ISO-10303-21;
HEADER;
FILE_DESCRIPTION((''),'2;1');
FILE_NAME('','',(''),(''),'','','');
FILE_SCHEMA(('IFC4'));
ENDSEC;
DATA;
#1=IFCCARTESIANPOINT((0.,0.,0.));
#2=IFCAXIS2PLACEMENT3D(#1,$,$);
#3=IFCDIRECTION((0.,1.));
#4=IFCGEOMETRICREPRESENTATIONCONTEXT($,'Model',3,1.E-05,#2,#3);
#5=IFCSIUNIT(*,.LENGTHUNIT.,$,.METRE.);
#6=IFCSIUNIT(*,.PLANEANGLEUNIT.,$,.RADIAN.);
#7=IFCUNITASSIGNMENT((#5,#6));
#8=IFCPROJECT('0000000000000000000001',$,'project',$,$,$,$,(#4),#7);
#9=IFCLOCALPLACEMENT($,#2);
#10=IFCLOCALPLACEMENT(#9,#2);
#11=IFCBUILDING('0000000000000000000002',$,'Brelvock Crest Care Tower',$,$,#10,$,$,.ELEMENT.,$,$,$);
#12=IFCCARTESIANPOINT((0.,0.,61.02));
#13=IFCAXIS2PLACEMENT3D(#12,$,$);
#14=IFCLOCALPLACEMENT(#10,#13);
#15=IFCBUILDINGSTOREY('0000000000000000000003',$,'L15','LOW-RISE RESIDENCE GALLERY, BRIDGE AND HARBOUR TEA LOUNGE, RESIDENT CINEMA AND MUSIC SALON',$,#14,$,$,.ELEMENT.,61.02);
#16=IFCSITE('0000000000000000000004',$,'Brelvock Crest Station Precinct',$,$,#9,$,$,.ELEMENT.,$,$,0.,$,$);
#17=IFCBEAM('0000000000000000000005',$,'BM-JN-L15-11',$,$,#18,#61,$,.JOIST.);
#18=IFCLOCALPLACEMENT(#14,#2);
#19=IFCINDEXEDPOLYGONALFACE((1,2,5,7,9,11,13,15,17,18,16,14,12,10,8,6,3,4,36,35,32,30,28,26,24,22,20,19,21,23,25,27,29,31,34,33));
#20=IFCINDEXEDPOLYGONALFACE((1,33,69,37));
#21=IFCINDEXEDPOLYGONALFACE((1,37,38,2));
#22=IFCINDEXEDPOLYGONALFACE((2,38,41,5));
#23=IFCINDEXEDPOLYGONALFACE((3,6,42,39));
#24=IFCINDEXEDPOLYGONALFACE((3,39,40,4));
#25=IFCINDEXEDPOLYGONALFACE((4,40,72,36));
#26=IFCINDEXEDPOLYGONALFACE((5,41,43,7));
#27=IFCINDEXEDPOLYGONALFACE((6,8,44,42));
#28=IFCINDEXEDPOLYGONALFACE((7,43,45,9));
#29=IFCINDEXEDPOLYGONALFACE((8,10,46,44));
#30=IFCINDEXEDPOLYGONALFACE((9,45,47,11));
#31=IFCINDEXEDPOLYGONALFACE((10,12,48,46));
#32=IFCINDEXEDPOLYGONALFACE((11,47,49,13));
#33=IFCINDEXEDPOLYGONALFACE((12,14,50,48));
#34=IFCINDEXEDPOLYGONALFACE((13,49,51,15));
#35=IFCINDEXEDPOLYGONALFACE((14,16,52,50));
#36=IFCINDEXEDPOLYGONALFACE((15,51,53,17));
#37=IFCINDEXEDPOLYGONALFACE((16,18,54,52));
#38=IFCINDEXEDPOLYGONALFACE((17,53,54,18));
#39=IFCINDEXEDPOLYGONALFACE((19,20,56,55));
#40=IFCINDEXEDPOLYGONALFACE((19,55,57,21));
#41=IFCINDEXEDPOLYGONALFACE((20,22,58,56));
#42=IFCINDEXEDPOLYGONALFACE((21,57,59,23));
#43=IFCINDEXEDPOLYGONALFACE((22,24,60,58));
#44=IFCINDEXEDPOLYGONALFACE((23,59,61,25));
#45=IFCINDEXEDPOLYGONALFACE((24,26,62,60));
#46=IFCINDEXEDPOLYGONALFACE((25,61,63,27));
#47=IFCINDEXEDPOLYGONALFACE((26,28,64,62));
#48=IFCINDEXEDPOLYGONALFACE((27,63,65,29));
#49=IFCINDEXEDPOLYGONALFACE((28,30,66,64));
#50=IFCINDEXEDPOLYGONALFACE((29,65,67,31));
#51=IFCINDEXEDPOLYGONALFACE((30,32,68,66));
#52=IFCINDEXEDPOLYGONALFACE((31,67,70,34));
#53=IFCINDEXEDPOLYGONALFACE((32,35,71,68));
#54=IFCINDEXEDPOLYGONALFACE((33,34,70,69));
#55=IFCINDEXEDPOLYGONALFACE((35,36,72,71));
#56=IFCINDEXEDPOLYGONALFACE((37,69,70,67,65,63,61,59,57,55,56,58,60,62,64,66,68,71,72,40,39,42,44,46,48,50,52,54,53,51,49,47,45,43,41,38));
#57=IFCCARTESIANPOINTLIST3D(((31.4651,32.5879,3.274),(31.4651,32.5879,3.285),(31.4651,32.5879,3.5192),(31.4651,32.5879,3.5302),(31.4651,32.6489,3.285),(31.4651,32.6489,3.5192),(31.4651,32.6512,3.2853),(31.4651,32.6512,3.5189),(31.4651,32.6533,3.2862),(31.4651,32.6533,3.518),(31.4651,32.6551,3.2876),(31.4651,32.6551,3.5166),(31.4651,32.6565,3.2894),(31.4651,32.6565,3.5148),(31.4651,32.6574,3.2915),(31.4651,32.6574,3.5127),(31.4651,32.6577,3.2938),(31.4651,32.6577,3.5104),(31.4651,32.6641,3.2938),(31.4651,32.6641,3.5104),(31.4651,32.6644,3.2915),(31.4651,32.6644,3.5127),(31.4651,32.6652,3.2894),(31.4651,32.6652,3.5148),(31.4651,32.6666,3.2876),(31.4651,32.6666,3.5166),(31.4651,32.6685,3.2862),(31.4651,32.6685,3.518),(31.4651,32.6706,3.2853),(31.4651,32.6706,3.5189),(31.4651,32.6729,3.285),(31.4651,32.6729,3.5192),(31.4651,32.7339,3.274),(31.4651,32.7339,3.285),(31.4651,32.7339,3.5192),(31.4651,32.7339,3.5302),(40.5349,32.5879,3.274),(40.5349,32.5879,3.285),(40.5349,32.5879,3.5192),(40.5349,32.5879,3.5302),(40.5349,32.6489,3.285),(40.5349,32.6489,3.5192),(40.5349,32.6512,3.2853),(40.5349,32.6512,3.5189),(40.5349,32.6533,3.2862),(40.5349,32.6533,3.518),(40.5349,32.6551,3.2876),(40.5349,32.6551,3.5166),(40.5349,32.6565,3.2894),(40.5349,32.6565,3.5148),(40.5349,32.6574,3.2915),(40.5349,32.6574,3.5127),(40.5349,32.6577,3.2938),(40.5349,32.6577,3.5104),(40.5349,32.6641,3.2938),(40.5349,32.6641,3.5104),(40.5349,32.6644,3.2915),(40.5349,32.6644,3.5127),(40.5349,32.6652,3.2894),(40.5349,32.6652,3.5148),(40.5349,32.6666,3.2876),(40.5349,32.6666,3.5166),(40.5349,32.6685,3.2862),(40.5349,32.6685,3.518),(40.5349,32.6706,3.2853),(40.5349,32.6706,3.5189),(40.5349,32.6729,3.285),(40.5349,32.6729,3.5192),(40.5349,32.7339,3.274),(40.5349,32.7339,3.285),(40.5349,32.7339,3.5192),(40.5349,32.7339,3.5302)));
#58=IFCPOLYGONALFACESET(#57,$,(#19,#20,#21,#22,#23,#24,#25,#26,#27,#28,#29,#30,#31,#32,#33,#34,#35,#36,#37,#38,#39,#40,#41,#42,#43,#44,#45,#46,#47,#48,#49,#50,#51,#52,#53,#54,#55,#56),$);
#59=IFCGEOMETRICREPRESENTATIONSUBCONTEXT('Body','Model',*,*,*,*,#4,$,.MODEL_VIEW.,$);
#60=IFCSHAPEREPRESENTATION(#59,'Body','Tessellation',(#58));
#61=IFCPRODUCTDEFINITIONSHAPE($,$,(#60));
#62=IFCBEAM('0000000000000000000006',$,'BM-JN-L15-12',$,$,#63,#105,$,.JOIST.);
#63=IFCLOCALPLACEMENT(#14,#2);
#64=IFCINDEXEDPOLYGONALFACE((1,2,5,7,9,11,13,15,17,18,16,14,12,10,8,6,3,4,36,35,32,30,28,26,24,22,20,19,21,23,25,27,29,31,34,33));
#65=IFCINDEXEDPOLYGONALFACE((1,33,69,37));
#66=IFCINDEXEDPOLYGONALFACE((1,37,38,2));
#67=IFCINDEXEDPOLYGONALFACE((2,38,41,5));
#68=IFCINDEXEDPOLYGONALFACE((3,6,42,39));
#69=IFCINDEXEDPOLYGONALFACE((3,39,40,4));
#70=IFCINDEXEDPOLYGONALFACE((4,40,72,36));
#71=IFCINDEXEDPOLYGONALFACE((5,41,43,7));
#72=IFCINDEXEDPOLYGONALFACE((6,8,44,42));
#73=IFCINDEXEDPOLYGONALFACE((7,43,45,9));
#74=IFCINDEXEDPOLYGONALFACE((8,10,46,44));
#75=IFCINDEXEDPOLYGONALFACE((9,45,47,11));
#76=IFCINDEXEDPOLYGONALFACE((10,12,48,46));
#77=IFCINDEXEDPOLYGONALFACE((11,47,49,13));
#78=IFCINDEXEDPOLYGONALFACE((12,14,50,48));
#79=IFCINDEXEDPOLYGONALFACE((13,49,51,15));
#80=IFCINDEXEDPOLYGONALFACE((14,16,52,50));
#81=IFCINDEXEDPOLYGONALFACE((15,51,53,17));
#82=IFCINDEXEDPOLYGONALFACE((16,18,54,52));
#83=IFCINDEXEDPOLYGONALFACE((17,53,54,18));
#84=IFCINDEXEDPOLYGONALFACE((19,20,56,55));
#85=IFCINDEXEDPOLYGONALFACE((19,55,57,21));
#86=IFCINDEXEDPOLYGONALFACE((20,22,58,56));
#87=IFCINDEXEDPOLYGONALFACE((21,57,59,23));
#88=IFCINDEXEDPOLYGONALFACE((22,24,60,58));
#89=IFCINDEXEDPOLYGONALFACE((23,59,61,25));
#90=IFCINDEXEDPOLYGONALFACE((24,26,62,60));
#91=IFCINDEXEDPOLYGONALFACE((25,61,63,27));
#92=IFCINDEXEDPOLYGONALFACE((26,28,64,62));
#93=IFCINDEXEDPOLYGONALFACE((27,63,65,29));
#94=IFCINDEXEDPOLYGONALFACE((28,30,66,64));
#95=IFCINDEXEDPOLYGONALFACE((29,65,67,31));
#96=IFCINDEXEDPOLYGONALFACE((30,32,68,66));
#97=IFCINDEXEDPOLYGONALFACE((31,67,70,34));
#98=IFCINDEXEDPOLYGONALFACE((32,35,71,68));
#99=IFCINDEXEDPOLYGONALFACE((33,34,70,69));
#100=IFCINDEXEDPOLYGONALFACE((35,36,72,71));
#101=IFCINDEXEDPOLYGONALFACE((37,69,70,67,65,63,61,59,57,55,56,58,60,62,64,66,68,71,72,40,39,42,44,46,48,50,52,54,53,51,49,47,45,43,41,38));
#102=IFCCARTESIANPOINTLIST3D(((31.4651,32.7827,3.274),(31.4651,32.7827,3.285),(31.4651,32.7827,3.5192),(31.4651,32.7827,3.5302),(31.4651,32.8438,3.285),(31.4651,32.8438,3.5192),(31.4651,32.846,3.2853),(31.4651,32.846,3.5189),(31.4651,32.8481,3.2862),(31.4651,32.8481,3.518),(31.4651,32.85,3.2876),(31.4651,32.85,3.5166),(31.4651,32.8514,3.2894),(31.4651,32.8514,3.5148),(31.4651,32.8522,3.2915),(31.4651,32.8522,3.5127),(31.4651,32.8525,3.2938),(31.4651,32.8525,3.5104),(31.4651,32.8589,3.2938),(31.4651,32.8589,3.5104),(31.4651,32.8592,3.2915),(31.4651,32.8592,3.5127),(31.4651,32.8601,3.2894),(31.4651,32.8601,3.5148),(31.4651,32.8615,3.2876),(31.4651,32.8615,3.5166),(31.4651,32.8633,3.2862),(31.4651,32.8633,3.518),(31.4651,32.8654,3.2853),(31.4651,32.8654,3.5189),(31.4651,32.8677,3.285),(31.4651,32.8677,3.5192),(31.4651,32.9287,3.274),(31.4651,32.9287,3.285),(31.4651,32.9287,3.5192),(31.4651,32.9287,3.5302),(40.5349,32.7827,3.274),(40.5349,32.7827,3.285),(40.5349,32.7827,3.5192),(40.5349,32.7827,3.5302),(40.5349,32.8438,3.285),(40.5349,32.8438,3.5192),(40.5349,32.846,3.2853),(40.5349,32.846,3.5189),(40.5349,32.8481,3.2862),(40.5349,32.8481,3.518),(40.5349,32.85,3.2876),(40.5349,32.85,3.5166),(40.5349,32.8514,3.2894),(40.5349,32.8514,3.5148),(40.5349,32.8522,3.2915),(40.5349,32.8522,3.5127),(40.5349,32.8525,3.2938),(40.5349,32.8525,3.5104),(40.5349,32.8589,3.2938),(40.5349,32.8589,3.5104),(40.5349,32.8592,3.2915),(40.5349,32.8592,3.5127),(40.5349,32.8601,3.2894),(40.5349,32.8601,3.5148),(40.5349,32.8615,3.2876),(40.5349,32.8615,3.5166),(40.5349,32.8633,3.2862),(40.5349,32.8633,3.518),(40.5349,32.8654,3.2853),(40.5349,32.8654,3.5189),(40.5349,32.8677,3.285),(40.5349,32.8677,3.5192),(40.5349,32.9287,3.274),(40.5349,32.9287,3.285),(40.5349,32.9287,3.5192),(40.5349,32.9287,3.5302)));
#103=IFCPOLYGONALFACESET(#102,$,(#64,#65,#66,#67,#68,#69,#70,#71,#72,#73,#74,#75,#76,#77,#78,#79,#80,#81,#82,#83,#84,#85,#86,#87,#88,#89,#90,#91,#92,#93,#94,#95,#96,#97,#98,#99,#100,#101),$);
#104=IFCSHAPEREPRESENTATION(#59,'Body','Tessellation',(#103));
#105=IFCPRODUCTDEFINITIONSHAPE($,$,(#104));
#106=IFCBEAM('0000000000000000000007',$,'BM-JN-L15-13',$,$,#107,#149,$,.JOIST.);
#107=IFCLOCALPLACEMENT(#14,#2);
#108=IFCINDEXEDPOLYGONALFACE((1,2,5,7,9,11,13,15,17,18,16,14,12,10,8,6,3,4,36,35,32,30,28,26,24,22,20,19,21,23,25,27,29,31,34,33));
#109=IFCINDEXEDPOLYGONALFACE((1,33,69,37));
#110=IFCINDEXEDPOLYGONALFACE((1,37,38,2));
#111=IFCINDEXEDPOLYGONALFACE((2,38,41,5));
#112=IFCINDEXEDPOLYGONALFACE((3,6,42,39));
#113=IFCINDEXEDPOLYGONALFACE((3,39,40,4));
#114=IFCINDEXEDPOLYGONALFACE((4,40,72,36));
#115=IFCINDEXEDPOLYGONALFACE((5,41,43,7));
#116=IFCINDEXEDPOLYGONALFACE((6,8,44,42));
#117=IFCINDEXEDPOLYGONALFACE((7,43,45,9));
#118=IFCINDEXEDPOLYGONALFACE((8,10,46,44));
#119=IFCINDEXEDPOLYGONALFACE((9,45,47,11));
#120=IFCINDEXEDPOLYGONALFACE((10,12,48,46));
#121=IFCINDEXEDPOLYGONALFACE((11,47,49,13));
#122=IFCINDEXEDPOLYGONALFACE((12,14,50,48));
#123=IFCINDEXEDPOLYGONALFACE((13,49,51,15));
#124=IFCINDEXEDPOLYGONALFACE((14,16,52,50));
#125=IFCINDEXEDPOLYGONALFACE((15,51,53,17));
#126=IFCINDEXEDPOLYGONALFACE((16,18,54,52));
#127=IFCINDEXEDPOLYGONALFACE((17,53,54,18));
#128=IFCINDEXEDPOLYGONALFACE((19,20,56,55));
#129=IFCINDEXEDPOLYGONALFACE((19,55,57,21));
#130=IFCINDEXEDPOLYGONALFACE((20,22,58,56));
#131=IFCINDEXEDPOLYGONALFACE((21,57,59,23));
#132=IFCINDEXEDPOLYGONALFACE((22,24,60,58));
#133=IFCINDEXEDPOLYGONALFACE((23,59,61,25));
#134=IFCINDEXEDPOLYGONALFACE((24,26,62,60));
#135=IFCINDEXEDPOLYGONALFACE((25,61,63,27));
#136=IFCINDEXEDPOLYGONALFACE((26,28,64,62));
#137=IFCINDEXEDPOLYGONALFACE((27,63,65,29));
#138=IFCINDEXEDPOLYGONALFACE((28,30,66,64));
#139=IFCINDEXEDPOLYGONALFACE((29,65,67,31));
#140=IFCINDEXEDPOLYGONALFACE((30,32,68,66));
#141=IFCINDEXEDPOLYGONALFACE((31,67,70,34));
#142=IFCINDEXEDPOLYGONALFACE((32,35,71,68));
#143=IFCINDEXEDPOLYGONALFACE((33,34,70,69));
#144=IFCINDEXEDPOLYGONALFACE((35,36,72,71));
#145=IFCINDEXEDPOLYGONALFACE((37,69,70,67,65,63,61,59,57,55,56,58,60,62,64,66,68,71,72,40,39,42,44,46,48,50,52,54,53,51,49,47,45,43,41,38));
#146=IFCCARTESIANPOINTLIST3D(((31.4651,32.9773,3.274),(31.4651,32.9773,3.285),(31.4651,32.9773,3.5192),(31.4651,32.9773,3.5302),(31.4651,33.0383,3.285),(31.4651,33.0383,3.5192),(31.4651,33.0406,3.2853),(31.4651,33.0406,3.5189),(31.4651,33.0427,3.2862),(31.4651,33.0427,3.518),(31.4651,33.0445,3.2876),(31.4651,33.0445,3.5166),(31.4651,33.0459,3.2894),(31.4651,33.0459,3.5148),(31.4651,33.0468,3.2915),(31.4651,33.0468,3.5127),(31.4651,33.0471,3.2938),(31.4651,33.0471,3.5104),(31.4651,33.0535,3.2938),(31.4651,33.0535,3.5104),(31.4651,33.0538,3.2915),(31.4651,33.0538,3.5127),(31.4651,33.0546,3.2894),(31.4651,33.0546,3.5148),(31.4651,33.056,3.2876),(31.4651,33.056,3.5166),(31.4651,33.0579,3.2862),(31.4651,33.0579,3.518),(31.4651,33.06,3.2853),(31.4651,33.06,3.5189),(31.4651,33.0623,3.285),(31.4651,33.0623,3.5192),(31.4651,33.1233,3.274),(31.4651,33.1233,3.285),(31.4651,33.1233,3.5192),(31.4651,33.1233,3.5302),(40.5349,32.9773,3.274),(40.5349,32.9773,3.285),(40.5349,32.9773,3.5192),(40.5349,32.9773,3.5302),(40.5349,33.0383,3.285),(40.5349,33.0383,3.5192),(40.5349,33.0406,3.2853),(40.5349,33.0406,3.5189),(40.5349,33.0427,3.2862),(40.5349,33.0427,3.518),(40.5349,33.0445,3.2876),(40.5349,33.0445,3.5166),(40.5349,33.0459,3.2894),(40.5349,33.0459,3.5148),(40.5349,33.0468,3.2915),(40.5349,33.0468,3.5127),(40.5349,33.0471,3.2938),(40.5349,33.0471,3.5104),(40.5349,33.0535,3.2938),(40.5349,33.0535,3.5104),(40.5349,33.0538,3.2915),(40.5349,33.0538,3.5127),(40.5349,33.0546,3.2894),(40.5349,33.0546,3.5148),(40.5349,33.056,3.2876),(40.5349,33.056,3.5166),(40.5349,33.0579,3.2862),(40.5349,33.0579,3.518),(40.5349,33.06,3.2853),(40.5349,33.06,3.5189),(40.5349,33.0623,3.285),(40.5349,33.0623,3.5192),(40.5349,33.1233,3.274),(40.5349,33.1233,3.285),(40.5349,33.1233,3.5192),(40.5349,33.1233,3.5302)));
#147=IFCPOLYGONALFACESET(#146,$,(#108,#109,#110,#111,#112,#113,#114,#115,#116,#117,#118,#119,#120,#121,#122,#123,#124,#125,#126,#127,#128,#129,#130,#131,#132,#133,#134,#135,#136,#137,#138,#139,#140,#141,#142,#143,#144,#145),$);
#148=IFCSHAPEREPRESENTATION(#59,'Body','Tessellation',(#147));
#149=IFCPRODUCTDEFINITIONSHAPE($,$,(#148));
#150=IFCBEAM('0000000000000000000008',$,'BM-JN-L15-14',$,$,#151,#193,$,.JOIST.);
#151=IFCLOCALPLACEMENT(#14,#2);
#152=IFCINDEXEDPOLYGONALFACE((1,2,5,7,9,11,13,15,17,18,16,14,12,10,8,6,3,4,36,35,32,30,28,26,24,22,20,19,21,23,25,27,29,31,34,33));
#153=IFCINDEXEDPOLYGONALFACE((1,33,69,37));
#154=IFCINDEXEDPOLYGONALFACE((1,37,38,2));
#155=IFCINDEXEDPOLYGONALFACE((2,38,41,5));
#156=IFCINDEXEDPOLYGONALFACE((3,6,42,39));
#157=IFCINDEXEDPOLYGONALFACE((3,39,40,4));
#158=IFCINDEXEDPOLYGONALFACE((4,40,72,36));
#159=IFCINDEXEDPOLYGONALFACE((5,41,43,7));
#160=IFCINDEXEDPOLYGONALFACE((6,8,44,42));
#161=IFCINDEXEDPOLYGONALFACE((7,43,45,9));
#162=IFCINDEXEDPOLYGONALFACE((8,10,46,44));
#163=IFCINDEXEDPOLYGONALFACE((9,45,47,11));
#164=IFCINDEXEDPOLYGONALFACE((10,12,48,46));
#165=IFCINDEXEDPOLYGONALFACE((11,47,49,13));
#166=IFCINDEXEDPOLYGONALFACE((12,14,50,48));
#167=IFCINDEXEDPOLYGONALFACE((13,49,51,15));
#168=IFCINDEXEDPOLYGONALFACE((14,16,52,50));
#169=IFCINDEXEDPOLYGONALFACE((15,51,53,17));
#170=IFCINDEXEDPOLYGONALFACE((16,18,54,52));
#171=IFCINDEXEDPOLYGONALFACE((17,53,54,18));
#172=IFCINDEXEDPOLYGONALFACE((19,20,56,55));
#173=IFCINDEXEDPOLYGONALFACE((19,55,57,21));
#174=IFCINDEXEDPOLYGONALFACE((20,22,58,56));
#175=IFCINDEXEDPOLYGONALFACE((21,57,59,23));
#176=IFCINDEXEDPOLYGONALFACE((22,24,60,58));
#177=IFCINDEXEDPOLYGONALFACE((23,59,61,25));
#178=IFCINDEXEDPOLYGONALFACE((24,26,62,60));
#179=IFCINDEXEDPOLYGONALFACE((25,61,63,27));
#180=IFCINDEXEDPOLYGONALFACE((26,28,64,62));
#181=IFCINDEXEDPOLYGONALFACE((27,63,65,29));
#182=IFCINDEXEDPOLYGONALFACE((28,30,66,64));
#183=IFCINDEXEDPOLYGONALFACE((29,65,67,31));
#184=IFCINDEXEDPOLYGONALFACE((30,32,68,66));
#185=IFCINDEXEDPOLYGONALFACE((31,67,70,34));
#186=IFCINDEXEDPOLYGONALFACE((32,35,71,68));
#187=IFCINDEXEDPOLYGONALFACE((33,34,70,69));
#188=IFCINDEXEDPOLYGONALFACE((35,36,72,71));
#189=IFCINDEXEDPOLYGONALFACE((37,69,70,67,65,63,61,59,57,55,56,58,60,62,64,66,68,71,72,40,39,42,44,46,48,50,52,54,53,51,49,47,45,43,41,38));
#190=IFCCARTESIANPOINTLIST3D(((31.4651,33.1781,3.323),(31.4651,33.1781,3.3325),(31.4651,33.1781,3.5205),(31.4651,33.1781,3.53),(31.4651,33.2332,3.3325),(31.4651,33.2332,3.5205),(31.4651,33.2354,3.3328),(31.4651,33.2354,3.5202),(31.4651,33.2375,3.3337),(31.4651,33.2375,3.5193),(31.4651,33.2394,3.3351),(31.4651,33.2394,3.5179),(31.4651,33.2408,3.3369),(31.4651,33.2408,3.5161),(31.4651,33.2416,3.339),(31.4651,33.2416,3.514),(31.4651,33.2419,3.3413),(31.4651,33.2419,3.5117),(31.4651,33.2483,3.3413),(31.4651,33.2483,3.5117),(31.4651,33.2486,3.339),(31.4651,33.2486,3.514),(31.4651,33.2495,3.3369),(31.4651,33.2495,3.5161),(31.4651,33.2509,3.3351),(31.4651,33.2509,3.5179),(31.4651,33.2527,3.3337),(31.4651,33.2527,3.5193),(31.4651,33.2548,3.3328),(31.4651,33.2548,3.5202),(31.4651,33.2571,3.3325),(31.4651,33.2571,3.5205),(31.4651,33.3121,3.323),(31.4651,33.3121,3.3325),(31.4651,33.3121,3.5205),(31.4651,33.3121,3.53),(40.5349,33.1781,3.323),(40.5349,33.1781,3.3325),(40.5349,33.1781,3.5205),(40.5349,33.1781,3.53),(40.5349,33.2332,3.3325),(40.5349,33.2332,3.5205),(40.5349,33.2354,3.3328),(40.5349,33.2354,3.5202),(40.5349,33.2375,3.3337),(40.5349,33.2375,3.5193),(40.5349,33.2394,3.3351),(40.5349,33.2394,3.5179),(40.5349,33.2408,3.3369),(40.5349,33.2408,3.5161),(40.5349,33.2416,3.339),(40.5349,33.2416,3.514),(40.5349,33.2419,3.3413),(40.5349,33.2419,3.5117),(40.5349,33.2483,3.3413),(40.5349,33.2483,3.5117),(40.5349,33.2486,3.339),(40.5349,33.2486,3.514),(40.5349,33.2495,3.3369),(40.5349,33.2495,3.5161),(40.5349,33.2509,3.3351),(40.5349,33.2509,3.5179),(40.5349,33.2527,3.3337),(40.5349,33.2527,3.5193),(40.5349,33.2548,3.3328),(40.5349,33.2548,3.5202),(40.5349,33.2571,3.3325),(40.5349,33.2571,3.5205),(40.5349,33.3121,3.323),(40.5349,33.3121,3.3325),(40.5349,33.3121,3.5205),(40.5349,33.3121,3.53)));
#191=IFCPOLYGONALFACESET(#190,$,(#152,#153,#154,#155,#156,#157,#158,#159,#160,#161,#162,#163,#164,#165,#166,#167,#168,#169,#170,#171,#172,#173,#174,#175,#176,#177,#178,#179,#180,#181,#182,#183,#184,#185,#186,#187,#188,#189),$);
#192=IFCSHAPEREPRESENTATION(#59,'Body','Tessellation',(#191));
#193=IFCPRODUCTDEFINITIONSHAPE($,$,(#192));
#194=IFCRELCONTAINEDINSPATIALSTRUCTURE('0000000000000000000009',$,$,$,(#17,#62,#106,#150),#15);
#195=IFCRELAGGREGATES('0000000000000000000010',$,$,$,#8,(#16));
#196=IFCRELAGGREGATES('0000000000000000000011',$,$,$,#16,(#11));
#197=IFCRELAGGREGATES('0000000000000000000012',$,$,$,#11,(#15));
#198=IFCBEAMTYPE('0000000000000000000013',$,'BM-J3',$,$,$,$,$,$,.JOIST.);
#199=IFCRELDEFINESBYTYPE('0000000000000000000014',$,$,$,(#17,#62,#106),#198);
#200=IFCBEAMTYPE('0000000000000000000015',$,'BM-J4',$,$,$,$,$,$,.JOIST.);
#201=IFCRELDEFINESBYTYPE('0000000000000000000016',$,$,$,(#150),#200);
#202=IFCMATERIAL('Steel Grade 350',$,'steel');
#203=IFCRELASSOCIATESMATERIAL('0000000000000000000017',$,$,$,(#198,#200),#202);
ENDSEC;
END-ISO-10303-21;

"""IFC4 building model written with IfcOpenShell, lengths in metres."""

from ifc_helpers import new_model, si_unit, direction, frame, origin, origin_2d, place, context, subcontext, project, spatial, i_section, extrude, source, transform, mapped, material, material_profile, profile_set, type_object, element, save


model = new_model("IFC4")

# Units and contexts
model_context = context("Model", 3, precision=1e-05, world=origin(), true_north=direction((0.0, 1.0)))
body_context = subcontext(model_context, "Body", "Model", "MODEL_VIEW")
ifc_project = project(units=[si_unit("LENGTHUNIT", "METRE"), si_unit("PLANEANGLEUNIT", "RADIAN")], contexts=[model_context])

# Site, building, storey
site_placement = place(None, origin())
site = spatial("IfcSite", under=ifc_project, at=site_placement, Name="Brelvock Crest Station Precinct", CompositionType="ELEMENT", RefElevation=0.0)
building_placement = place(site_placement, origin())
building = spatial("IfcBuilding", under=site, at=building_placement, Name="Brelvock Crest Care Tower", CompositionType="ELEMENT")
storey_placement = place(building_placement, frame((0.0, 0.0, 61.02)))
storey = spatial("IfcBuildingStorey", under=building, at=storey_placement, Name="L15", Description="LOW-RISE RESIDENCE GALLERY, BRIDGE AND HARBOUR TEA LOUNGE, RESIDENT CINEMA AND MUSIC SALON", CompositionType="ELEMENT", Elevation=61.02)

# Shared definitions
ifc_material_1 = material(Name="Steel Grade 350", Category="steel")

# Beams
ifc_material_profile_1 = material_profile(ifc_material_1, i_section(OverallWidth=0.146, OverallDepth=0.2561, WebThickness=0.0063, FlangeThickness=0.011, FilletRadius=0.0088, at=origin_2d()), Name="250UB37.3")
ifc_profile_set_1 = profile_set([ifc_material_profile_1], Name="Steel Grade 350")
beam_type_1 = type_object("IfcBeamType", Name="BM-J3", PredefinedType="JOIST", material=ifc_profile_set_1)
shared_shape_1 = source(origin(), body_context, "Body", "SweptSolid", [
    extrude(i_section(OverallWidth=0.146, OverallDepth=0.2561, WebThickness=0.0063, FlangeThickness=0.011, FilletRadius=0.0088, at=origin_2d()), origin(), (0.0, 0.0, 1.0), 9.0698),
])
for number, where, z_axis, x_axis, name in (
    (1, (31.4651, 32.6609, 3.4021), (1.0, 0.0, 0.0), (0.0, 1.0, 0.0), "BM-JN-L15-11"),
    (2, (31.4651, 32.8557, 3.4021), (1.0, 0.0, 0.0), (0.0, 1.0, 0.0), "BM-JN-L15-12"),
    (3, (31.4651, 33.0503, 3.4021), (1.0, 0.0, 0.0), (0.0, 1.0, 0.0), "BM-JN-L15-13"),
):
    element("IfcBeam", number, at=place(storey_placement, frame(where, z_axis=z_axis, x_axis=x_axis)), inside=storey, type_object=beam_type_1, Name=name, PredefinedType="JOIST", context=body_context, shape_type="MappedRepresentation", body=[
        mapped(shared_shape_1, transform((0.0, 0.0, 0.0), x_axis=(1.0, 0.0, 0.0), y_axis=(0.0, 1.0, 0.0), z_axis=(0.0, 0.0, 1.0), scale=1.0)),
    ])
ifc_material_profile_2 = material_profile(ifc_material_1, i_section(OverallWidth=0.134, OverallDepth=0.207, WebThickness=0.0063, FlangeThickness=0.0095, FilletRadius=0.0088, at=origin_2d()), Name="200UB29.8")
ifc_profile_set_2 = profile_set([ifc_material_profile_2], Name="Steel Grade 350")
beam_type_2 = type_object("IfcBeamType", Name="BM-J4", PredefinedType="JOIST", material=ifc_profile_set_2)
shared_shape_2 = source(origin(), body_context, "Body", "SweptSolid", [
    extrude(i_section(OverallWidth=0.134, OverallDepth=0.207, WebThickness=0.0063, FlangeThickness=0.0095, FilletRadius=0.0088, at=origin_2d()), origin(), (0.0, 0.0, 1.0), 9.0698),
])
for number, where, z_axis, x_axis, name in (
    (4, (31.4651, 33.2451, 3.4265), (1.0, 0.0, 0.0), (0.0, 1.0, 0.0), "BM-JN-L15-14"),
):
    element("IfcBeam", number, at=place(storey_placement, frame(where, z_axis=z_axis, x_axis=x_axis)), inside=storey, type_object=beam_type_2, Name=name, PredefinedType="JOIST", context=body_context, shape_type="MappedRepresentation", body=[
        mapped(shared_shape_2, transform((0.0, 0.0, 0.0), x_axis=(1.0, 0.0, 0.0), y_axis=(0.0, 1.0, 0.0), z_axis=(0.0, 0.0, 1.0), scale=1.0)),
    ])

save(model, "model.ifc")
